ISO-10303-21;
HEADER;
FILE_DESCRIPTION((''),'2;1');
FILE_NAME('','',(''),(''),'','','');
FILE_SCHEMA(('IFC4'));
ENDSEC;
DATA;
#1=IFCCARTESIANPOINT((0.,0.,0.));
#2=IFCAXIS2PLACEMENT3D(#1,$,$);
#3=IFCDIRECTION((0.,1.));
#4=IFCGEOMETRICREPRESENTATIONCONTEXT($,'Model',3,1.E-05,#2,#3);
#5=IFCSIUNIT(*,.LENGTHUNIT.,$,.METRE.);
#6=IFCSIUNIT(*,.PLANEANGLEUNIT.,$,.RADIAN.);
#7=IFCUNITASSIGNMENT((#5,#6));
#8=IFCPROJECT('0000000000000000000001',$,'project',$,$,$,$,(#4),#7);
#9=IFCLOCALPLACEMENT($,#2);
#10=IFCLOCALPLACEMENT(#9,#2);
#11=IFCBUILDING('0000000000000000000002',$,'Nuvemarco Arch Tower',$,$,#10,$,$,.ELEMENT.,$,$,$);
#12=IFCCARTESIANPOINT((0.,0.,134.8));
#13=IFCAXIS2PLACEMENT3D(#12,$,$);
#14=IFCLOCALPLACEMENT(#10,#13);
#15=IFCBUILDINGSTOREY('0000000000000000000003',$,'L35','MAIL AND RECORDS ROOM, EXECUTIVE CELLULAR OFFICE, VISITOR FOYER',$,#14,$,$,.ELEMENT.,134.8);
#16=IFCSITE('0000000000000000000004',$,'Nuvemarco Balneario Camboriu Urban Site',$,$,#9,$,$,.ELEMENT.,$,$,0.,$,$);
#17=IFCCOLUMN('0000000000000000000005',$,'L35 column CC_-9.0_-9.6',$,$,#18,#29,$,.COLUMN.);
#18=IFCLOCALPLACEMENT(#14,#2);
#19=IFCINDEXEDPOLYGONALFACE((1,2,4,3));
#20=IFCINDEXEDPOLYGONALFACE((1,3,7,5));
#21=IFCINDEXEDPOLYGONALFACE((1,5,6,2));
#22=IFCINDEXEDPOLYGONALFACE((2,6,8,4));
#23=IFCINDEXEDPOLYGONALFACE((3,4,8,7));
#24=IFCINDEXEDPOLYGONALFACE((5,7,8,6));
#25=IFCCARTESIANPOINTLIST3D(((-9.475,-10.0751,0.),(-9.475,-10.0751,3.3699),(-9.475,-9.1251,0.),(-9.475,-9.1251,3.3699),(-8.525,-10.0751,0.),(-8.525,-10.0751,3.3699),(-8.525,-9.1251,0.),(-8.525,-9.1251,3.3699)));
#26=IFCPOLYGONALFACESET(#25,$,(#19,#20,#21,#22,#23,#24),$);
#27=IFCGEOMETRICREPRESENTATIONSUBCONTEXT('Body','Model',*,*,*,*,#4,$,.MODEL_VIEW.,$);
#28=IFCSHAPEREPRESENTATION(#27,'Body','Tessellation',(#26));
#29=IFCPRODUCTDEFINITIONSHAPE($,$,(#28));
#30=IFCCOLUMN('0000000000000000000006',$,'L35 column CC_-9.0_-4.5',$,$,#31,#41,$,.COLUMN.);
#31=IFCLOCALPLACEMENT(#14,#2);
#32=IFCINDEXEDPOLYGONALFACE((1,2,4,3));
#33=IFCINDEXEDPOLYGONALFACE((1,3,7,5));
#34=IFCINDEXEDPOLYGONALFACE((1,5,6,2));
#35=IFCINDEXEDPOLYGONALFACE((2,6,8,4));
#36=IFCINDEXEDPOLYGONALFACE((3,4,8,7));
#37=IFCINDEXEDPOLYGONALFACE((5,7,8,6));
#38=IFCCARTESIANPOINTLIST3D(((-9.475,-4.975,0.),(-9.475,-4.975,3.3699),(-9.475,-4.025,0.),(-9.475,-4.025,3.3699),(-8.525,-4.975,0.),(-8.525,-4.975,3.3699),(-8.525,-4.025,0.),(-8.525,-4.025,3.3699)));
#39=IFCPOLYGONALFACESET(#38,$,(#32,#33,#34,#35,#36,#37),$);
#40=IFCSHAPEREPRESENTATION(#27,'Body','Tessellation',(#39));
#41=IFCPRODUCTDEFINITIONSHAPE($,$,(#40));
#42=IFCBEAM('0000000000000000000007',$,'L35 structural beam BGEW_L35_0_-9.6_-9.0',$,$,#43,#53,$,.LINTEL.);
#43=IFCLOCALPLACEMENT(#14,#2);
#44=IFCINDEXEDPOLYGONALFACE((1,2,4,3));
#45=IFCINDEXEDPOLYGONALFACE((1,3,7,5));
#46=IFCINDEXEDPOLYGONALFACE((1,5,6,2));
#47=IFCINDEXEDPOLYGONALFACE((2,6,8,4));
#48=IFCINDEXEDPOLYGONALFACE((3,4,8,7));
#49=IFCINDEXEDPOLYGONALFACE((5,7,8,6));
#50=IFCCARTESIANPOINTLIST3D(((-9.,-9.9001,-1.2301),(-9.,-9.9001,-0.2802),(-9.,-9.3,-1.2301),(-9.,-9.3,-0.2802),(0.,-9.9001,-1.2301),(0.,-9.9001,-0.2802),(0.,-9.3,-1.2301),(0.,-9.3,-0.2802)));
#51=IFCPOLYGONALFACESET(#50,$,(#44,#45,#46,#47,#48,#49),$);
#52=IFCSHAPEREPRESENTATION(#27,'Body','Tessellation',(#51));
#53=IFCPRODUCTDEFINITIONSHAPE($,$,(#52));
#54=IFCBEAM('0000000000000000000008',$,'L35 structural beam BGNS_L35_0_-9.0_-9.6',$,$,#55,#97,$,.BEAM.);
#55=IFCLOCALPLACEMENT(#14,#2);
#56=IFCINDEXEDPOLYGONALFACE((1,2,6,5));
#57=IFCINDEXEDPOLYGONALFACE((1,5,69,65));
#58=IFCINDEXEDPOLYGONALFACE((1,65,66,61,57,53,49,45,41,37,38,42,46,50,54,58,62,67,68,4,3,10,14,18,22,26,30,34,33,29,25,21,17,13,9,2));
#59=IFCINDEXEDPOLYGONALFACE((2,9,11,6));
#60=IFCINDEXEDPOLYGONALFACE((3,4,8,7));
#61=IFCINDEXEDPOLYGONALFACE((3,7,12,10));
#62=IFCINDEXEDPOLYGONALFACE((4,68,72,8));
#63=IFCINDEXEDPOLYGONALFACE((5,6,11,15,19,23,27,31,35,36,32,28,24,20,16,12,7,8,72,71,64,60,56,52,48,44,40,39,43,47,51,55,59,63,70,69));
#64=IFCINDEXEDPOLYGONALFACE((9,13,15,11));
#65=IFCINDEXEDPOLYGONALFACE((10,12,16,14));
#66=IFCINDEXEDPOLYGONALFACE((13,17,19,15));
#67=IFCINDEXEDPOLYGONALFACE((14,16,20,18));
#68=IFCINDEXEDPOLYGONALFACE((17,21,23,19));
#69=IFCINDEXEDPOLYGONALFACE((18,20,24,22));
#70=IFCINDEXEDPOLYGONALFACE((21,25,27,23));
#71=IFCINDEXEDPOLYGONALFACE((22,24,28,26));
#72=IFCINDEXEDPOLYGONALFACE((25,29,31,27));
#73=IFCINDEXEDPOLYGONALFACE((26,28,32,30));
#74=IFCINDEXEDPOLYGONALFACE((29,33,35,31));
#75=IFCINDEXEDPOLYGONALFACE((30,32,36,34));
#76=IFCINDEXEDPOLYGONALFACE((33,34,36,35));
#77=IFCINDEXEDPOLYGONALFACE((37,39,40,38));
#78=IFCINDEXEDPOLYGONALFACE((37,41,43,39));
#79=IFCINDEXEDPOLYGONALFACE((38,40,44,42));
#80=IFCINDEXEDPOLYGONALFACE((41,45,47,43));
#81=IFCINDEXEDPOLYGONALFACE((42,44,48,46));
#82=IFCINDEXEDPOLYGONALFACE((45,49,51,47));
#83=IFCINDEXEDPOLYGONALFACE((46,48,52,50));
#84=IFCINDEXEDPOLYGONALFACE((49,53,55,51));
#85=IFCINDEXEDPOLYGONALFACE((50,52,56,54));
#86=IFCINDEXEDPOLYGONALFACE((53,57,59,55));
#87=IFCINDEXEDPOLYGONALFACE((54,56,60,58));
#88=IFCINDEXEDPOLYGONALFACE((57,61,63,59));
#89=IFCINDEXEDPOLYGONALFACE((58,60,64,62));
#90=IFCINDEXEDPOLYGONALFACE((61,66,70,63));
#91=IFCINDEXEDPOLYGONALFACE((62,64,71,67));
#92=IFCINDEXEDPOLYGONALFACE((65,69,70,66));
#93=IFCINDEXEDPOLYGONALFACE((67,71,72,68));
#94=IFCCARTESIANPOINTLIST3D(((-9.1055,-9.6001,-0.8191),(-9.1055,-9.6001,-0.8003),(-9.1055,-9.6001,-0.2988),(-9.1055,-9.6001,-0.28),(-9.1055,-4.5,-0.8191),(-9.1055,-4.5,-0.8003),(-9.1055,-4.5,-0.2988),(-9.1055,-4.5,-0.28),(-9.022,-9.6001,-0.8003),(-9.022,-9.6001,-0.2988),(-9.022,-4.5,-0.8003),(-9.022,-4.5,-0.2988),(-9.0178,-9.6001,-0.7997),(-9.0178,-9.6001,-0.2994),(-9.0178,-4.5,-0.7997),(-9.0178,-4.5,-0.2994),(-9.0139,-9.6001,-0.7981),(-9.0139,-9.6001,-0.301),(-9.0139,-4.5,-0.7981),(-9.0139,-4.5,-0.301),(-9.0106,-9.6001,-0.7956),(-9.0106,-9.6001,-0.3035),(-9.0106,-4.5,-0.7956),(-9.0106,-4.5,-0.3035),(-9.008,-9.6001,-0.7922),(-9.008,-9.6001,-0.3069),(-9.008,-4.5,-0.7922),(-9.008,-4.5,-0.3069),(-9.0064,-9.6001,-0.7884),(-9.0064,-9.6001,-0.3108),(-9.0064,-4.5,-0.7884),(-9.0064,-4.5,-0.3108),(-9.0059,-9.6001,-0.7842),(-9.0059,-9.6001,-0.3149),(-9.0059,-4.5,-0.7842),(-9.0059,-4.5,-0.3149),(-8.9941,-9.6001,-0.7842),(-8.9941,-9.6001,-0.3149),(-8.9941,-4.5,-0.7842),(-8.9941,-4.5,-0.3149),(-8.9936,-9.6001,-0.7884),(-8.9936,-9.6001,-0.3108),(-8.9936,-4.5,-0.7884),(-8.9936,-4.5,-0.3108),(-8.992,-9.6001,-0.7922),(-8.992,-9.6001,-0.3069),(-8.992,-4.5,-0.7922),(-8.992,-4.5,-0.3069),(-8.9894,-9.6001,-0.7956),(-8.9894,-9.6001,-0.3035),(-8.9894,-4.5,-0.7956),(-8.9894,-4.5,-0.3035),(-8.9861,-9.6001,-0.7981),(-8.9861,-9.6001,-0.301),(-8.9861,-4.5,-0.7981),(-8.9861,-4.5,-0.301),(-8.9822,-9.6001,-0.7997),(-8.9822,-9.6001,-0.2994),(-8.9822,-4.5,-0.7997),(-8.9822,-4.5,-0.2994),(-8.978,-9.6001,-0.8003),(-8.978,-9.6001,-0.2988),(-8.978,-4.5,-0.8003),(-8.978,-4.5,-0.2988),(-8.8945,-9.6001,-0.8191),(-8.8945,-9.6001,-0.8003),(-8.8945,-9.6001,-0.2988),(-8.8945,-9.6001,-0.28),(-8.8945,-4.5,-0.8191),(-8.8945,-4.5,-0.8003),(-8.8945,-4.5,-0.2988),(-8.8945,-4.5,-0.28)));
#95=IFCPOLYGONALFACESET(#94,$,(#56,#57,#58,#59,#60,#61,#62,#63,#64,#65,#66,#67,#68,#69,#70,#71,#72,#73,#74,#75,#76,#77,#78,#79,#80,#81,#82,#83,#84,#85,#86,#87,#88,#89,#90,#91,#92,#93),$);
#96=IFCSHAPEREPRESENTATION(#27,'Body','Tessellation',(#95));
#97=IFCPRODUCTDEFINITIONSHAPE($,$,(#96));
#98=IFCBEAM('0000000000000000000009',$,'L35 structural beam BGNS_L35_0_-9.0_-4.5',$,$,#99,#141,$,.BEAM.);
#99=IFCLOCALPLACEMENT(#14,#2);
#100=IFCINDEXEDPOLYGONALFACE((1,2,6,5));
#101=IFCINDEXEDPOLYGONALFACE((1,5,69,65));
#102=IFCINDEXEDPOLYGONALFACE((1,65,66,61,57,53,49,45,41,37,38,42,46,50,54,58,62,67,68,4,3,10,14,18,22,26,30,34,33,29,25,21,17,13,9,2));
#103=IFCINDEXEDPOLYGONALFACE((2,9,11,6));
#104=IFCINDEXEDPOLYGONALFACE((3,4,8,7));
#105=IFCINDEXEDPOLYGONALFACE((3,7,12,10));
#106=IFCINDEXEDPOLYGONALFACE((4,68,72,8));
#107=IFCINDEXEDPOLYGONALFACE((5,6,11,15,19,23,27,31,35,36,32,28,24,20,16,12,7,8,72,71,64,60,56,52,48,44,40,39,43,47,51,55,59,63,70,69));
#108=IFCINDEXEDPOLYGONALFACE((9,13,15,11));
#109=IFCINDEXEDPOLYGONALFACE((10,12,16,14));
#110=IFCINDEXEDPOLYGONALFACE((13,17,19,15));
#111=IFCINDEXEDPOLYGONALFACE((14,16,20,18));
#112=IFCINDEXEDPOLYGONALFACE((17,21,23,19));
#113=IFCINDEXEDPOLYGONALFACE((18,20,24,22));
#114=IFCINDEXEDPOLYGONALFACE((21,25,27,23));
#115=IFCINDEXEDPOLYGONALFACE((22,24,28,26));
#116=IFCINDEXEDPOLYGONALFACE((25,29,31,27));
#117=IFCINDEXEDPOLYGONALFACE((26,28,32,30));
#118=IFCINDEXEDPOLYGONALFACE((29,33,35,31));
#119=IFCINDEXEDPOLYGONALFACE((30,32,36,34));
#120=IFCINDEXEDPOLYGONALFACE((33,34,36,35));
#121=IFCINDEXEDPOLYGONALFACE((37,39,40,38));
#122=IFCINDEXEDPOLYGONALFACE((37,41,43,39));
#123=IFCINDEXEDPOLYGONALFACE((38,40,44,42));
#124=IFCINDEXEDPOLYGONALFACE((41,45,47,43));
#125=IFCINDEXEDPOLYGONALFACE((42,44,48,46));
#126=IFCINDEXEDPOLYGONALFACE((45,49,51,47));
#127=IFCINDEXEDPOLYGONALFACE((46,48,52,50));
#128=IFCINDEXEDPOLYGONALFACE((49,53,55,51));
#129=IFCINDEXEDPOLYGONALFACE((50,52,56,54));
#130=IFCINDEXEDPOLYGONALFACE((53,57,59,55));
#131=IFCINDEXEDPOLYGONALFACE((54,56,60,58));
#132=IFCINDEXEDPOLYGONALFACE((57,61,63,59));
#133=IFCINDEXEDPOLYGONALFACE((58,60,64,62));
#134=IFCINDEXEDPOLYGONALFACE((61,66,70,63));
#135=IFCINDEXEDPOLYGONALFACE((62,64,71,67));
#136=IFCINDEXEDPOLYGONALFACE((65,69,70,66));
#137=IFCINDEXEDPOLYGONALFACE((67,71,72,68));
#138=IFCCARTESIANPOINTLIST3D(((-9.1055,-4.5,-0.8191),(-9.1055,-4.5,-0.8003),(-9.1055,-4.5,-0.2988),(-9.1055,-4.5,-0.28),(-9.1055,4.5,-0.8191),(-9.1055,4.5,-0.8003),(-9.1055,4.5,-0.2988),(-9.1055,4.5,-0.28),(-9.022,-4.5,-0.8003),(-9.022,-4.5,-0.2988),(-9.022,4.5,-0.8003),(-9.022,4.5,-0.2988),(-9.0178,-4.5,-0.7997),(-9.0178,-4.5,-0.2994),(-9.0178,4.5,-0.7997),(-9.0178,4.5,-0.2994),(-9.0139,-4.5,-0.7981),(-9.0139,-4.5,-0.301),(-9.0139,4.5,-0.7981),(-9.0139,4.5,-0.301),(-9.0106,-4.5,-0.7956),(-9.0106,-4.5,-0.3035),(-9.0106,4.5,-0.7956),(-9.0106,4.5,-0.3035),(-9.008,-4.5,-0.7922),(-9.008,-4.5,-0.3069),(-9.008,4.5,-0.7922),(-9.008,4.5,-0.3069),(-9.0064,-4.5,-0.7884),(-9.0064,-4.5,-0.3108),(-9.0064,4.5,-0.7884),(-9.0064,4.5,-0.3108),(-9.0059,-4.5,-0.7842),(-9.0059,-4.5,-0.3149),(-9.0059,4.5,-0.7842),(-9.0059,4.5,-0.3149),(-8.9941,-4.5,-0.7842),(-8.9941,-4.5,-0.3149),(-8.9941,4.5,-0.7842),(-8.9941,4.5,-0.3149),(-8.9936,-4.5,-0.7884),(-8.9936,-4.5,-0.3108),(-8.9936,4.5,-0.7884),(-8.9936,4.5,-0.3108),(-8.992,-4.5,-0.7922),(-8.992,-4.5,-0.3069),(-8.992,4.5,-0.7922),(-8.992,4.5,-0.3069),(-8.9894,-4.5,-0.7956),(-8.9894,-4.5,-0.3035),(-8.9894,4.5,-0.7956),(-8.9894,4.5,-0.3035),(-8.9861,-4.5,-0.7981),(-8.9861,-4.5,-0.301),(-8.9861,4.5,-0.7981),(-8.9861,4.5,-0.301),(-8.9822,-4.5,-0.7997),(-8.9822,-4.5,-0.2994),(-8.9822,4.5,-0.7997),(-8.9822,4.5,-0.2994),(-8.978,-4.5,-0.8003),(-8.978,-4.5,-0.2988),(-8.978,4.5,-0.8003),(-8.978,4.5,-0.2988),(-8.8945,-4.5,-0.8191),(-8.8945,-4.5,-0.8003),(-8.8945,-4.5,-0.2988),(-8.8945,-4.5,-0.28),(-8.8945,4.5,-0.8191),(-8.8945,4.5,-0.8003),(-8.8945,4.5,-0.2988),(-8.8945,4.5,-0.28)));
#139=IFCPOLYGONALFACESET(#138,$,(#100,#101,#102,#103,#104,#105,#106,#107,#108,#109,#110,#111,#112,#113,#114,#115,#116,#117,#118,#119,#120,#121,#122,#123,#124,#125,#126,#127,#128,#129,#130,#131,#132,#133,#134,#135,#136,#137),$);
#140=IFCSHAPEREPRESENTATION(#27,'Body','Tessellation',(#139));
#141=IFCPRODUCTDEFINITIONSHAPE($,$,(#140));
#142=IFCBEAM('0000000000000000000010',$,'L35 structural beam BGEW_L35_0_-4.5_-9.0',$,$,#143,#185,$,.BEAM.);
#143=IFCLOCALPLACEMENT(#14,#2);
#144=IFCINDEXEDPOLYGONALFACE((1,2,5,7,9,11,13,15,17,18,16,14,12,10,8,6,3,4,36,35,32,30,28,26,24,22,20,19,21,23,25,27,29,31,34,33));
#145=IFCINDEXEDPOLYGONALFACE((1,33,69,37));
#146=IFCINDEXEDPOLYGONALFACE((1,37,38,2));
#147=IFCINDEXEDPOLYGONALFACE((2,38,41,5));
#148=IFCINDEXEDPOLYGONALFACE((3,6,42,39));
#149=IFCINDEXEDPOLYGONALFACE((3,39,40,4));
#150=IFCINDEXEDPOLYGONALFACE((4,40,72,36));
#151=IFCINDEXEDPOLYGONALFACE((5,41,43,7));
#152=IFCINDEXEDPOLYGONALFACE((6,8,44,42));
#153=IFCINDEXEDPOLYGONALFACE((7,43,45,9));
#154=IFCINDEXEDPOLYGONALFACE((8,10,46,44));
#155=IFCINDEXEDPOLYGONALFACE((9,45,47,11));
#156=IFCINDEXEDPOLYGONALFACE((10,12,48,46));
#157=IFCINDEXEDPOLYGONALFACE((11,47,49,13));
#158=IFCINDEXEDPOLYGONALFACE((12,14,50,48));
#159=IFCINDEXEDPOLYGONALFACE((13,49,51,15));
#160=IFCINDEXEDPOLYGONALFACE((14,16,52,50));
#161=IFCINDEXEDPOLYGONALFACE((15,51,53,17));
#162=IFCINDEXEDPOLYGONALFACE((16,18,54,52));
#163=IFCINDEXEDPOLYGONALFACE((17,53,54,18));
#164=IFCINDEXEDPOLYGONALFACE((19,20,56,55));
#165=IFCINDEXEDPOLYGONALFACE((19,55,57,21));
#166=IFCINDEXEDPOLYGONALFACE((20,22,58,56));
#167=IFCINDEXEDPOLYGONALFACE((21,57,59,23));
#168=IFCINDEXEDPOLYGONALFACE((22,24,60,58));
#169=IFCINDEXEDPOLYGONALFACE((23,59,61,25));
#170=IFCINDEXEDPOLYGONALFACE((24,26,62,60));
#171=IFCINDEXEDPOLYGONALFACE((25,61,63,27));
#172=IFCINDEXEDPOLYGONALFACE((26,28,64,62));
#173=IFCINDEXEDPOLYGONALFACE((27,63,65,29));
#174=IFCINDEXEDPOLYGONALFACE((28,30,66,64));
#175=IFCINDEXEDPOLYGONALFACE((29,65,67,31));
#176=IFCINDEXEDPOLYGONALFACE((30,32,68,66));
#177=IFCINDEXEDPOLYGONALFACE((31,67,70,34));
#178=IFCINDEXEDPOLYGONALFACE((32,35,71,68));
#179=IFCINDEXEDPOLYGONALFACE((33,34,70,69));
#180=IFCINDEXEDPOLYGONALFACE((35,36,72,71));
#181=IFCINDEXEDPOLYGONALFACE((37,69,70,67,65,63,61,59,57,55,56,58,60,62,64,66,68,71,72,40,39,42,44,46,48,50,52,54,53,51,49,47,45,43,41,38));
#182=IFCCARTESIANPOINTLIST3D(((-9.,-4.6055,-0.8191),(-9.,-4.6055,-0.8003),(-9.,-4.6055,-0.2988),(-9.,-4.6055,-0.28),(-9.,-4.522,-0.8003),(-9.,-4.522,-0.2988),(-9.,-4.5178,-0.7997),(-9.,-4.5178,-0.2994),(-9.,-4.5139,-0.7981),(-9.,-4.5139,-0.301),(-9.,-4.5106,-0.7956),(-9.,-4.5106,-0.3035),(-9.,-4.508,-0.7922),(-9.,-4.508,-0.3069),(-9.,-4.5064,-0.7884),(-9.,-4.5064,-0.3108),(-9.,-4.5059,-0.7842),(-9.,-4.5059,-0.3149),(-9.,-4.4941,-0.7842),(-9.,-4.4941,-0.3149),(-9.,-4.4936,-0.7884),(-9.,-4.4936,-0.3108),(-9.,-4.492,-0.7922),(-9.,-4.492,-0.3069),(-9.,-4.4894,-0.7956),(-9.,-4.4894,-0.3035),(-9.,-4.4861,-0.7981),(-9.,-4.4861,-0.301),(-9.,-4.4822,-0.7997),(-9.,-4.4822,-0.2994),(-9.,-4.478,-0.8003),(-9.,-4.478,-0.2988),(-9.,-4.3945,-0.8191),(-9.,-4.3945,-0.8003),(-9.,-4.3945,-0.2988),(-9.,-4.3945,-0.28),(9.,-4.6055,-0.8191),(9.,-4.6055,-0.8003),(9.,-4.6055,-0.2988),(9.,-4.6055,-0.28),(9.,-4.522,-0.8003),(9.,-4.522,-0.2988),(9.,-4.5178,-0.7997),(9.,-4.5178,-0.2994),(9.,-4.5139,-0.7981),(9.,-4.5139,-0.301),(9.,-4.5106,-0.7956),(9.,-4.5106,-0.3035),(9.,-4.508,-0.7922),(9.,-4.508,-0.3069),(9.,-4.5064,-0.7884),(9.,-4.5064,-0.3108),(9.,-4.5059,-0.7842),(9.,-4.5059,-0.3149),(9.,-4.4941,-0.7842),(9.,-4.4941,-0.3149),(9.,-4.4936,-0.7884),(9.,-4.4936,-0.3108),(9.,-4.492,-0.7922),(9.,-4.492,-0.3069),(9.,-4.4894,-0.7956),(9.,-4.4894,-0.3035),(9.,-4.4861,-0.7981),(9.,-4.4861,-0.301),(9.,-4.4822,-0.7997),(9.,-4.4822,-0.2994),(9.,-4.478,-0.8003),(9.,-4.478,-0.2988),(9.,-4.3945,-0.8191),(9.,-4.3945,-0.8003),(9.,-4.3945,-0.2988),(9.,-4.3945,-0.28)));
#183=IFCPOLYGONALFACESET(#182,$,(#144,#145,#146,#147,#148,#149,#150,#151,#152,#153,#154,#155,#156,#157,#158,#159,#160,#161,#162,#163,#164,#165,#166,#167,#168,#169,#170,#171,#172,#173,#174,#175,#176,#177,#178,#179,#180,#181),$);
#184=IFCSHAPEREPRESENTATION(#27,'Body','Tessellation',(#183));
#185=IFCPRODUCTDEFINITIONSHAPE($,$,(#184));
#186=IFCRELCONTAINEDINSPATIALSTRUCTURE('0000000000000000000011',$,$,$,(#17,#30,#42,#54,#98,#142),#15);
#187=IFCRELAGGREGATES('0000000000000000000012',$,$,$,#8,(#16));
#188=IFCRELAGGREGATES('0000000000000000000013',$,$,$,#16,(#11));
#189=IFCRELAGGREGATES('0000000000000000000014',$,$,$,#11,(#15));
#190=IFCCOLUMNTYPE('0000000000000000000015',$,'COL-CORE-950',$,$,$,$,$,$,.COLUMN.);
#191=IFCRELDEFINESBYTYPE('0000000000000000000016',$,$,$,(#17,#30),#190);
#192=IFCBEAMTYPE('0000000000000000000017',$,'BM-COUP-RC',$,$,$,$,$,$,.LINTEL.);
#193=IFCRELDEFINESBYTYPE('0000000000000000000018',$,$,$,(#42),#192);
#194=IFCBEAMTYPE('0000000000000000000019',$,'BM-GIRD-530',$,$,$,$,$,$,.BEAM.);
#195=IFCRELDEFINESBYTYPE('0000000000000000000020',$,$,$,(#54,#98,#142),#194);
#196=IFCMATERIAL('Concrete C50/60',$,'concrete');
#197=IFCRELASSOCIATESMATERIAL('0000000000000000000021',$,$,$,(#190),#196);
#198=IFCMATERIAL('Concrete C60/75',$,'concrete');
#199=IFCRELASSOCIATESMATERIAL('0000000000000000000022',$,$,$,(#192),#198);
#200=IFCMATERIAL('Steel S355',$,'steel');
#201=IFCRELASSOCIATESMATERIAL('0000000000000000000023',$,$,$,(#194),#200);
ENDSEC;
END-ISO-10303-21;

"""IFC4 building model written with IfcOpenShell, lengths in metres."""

from ifc_helpers import new_model, si_unit, direction, frame, origin, origin_2d, place, context, subcontext, project, spatial, rectangle, i_section, extrude, material, material_profile, profile_set, type_object, element, save


model = new_model("IFC4")

# Units and contexts
model_context = context("Model", 3, precision=1e-05, world=origin(), true_north=direction((0.0, 1.0)))
body_context = subcontext(model_context, "Body", "Model", "MODEL_VIEW")
ifc_project = project(units=[si_unit("LENGTHUNIT", "METRE"), si_unit("PLANEANGLEUNIT", "RADIAN")], contexts=[model_context])

# Site, building, storey
site_placement = place(None, origin())
site = spatial("IfcSite", under=ifc_project, at=site_placement, Name="Nuvemarco Balneario Camboriu Urban Site", CompositionType="ELEMENT", RefElevation=0.0)
building_placement = place(site_placement, origin())
building = spatial("IfcBuilding", under=site, at=building_placement, Name="Nuvemarco Arch Tower", CompositionType="ELEMENT")
storey_placement = place(building_placement, frame((0.0, 0.0, 134.8)))
storey = spatial("IfcBuildingStorey", under=building, at=storey_placement, Name="L35", Description="MAIL AND RECORDS ROOM, EXECUTIVE CELLULAR OFFICE, VISITOR FOYER", CompositionType="ELEMENT", Elevation=134.8)

# Columns
ifc_material_1 = material(Name="Concrete C50/60", Category="concrete")
ifc_material_profile_1 = material_profile(ifc_material_1, rectangle(XDim=0.95, YDim=0.95, at=origin_2d()), Name="RC-COL-950x950")
ifc_profile_set_1 = profile_set([ifc_material_profile_1], Name="Concrete C50/60")
column_type = type_object("IfcColumnType", Name="COL-CORE-950", PredefinedType="COLUMN", material=ifc_profile_set_1)
for number, where, z_axis, x_axis, name in (
    (1, (-9.0, -9.6001, 0.0), (0.0, 0.0, 1.0), (1.0, 0.0, 0.0), "L35 column CC_-9.0_-9.6"),
    (2, (-9.0, -4.5, 0.0), (0.0, 0.0, 1.0), (1.0, 0.0, 0.0), "L35 column CC_-9.0_-4.5"),
):
    element("IfcColumn", number, at=place(storey_placement, frame(where, z_axis=z_axis, x_axis=x_axis)), inside=storey, type_object=column_type, Name=name, PredefinedType="COLUMN", context=body_context, shape_type="SweptSolid", body=[
        extrude(rectangle(XDim=0.95, YDim=0.95, at=origin_2d()), origin(), (0.0, 0.0, 1.0), 3.3699),
    ])

# Beams
ifc_material_2 = material(Name="Concrete C60/75", Category="concrete")
ifc_material_profile_2 = material_profile(ifc_material_2, rectangle(XDim=0.6001, YDim=0.95, at=origin_2d()), Name="RC-BM-600x950")
ifc_profile_set_2 = profile_set([ifc_material_profile_2], Name="Concrete C60/75")
beam_type_1 = type_object("IfcBeamType", Name="BM-COUP-RC", PredefinedType="LINTEL", material=ifc_profile_set_2)
beam_1_placement = place(storey_placement, frame((-9.0, -9.6001, -0.7551), z_axis=(1.0, 0.0, 0.0), x_axis=(0.0, 1.0, 0.0)))
element("IfcBeam", 3, at=beam_1_placement, inside=storey, type_object=beam_type_1, Name="L35 structural beam BGEW_L35_0_-9.6_-9.0", PredefinedType="LINTEL", context=body_context, shape_type="SweptSolid", body=[
    extrude(rectangle(XDim=0.6001, YDim=0.95, at=origin_2d()), origin(), (0.0, 0.0, 1.0), 9.0),
])
ifc_material_3 = material(Name="Steel S355", Category="steel")
ifc_material_profile_3 = material_profile(ifc_material_3, i_section(OverallWidth=0.2109, OverallDepth=0.5391, WebThickness=0.0117, FlangeThickness=0.0188, FilletRadius=0.0161, at=origin_2d()), Name="W530x109")
ifc_profile_set_3 = profile_set([ifc_material_profile_3], Name="Steel S355")
beam_type_2 = type_object("IfcBeamType", Name="BM-GIRD-530", PredefinedType="BEAM", material=ifc_profile_set_3)
beam_2_placement = place(storey_placement, frame((-9.0, -9.6001, -0.5496), z_axis=(0.0, 1.0, 0.0), x_axis=(-1.0, 0.0, 0.0)))
element("IfcBeam", 4, at=beam_2_placement, inside=storey, type_object=beam_type_2, Name="L35 structural beam BGNS_L35_0_-9.0_-9.6", PredefinedType="BEAM", context=body_context, shape_type="SweptSolid", body=[
    extrude(i_section(OverallWidth=0.2109, OverallDepth=0.5391, WebThickness=0.0117, FlangeThickness=0.0188, FilletRadius=0.0161, at=origin_2d()), origin(), (0.0, 0.0, 1.0), 5.1001),
])
beam_3_placement = place(storey_placement, frame((-9.0, -4.5, -0.5496), z_axis=(0.0, 1.0, 0.0), x_axis=(-1.0, 0.0, 0.0)))
element("IfcBeam", 5, at=beam_3_placement, inside=storey, type_object=beam_type_2, Name="L35 structural beam BGNS_L35_0_-9.0_-4.5", PredefinedType="BEAM", context=body_context, shape_type="SweptSolid", body=[
    extrude(i_section(OverallWidth=0.2109, OverallDepth=0.5391, WebThickness=0.0117, FlangeThickness=0.0188, FilletRadius=0.0161, at=origin_2d()), origin(), (0.0, 0.0, 1.0), 9.0),
])
beam_4_placement = place(storey_placement, frame((-9.0, -4.5, -0.5496), z_axis=(1.0, 0.0, 0.0), x_axis=(0.0, 1.0, 0.0)))
element("IfcBeam", 6, at=beam_4_placement, inside=storey, type_object=beam_type_2, Name="L35 structural beam BGEW_L35_0_-4.5_-9.0", PredefinedType="BEAM", context=body_context, shape_type="SweptSolid", body=[
    extrude(i_section(OverallWidth=0.2109, OverallDepth=0.5391, WebThickness=0.0117, FlangeThickness=0.0188, FilletRadius=0.0161, at=origin_2d()), origin(), (0.0, 0.0, 1.0), 18.0),
])

save(model, "model.ifc")
